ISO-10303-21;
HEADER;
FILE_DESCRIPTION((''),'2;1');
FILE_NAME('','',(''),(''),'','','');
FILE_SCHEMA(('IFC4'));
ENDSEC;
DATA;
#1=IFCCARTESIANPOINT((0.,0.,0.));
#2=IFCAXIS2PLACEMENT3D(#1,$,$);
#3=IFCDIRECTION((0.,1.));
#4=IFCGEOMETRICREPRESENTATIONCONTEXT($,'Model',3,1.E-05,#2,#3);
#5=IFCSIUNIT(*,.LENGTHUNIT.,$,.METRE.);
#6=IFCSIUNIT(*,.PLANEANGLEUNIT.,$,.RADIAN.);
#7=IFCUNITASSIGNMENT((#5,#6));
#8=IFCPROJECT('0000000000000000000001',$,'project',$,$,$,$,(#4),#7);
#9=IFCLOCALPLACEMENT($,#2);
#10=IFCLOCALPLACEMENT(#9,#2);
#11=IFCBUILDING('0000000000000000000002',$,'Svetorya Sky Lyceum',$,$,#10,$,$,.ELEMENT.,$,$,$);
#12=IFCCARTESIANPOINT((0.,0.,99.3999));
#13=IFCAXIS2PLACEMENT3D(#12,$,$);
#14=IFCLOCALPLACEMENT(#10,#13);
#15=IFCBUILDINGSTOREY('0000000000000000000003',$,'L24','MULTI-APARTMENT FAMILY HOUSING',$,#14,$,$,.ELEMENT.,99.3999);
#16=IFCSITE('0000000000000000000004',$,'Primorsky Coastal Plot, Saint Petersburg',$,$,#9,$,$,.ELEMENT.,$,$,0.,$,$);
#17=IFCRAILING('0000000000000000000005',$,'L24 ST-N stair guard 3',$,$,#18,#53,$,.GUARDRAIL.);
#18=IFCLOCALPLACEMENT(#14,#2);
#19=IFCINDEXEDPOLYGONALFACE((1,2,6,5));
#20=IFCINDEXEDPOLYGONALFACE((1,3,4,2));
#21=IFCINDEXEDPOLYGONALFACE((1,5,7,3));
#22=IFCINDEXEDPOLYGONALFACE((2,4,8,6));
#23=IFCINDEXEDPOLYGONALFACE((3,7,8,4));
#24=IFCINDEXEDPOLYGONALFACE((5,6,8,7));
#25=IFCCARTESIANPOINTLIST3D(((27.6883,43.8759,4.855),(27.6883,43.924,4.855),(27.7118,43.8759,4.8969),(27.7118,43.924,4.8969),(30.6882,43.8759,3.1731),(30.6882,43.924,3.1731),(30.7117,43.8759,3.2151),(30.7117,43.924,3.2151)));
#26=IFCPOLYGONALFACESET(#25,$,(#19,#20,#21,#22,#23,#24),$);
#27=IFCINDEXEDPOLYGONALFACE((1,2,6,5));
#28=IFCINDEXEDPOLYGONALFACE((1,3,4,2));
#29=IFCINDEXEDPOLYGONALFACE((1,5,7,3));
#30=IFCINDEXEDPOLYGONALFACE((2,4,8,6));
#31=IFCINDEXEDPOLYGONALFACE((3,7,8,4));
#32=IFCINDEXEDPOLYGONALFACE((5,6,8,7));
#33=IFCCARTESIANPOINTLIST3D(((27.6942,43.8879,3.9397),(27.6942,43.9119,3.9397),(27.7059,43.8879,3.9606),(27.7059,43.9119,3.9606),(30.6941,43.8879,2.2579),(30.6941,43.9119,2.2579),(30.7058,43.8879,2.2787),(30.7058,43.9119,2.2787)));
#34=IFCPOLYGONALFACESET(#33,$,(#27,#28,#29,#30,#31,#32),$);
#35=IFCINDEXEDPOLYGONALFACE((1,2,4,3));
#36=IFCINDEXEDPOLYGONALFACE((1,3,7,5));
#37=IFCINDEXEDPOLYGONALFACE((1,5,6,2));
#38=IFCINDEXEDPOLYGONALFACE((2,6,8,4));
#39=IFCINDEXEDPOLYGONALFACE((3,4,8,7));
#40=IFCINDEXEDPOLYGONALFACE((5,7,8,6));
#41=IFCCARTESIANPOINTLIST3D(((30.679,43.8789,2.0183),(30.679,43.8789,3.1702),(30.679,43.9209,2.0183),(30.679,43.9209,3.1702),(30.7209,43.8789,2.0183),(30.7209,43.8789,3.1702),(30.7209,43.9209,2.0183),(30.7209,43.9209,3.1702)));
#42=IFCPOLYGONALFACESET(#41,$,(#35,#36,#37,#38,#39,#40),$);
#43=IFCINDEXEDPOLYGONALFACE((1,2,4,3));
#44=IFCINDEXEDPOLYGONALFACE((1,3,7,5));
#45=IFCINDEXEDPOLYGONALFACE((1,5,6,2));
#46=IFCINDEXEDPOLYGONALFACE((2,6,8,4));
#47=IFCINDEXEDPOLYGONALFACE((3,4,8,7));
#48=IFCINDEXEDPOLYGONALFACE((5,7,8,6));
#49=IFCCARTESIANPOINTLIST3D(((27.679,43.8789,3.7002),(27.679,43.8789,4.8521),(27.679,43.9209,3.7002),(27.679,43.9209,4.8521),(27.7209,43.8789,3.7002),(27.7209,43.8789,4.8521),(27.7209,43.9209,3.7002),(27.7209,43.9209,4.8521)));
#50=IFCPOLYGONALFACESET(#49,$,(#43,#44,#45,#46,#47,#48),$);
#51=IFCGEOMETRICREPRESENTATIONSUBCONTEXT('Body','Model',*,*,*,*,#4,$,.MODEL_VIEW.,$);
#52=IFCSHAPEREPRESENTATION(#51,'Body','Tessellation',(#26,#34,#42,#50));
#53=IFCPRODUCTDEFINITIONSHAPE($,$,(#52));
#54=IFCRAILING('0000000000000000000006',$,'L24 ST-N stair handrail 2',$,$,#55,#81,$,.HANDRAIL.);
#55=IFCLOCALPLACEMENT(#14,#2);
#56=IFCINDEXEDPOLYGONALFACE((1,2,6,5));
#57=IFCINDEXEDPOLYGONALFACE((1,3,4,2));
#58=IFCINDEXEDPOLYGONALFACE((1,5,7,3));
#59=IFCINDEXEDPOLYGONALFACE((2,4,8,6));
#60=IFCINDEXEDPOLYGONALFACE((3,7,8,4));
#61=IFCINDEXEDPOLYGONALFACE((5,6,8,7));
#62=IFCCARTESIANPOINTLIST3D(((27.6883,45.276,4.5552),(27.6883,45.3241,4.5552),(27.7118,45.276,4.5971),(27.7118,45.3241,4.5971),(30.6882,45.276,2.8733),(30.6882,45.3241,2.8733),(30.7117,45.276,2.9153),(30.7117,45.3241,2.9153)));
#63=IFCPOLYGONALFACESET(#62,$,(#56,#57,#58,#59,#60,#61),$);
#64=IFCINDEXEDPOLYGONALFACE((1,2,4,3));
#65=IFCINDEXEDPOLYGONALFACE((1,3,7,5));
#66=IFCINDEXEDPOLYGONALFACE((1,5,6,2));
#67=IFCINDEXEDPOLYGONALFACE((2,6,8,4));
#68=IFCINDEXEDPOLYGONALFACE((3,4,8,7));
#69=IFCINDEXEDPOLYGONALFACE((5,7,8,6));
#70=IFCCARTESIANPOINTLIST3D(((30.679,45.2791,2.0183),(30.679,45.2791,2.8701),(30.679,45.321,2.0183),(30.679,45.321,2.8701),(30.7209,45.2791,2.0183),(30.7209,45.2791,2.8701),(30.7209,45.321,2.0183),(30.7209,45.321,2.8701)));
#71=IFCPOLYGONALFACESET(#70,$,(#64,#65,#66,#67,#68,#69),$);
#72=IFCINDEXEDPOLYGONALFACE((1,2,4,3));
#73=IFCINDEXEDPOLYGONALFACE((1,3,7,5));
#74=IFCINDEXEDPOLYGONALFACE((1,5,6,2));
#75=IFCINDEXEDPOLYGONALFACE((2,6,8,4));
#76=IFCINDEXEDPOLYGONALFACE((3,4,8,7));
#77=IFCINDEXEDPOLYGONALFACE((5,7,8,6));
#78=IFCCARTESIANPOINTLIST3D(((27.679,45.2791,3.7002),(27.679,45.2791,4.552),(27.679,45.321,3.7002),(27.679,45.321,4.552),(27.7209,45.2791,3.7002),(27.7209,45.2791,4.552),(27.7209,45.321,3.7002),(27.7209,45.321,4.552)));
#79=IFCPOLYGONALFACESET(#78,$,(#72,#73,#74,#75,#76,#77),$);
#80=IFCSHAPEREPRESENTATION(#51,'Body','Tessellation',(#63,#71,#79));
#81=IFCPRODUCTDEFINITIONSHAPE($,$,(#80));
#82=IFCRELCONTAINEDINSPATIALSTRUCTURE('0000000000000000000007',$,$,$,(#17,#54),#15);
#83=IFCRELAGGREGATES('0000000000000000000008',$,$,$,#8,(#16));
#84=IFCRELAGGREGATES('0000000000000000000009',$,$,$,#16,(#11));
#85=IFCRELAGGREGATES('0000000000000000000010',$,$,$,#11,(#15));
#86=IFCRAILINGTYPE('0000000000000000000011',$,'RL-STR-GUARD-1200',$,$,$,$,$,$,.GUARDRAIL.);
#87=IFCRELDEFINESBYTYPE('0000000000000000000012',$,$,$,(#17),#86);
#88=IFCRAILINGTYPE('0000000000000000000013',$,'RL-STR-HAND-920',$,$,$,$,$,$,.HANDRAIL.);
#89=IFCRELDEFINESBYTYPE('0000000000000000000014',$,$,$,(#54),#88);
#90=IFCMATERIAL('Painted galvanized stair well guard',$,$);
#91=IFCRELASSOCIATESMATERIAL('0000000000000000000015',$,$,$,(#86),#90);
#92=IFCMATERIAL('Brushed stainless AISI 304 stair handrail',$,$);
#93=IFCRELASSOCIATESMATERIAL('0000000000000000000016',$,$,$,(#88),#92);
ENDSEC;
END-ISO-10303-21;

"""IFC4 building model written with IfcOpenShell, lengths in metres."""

from ifc_helpers import new_model, si_unit, direction, frame, origin, origin_2d, place, context, subcontext, project, spatial, rectangle, extrude, material, type_object, element, save


model = new_model("IFC4")

# Units and contexts
model_context = context("Model", 3, precision=1e-05, world=origin(), true_north=direction((0.0, 1.0)))
body_context = subcontext(model_context, "Body", "Model", "MODEL_VIEW")
ifc_project = project(units=[si_unit("LENGTHUNIT", "METRE"), si_unit("PLANEANGLEUNIT", "RADIAN")], contexts=[model_context])

# Site, building, storey
site_placement = place(None, origin())
site = spatial("IfcSite", under=ifc_project, at=site_placement, Name="Primorsky Coastal Plot, Saint Petersburg", CompositionType="ELEMENT", RefElevation=0.0)
building_placement = place(site_placement, origin())
building = spatial("IfcBuilding", under=site, at=building_placement, Name="Svetorya Sky Lyceum", CompositionType="ELEMENT")
storey_placement = place(building_placement, frame((0.0, 0.0, 99.3999)))
storey = spatial("IfcBuildingStorey", under=building, at=storey_placement, Name="L24", Description="MULTI-APARTMENT FAMILY HOUSING", CompositionType="ELEMENT", Elevation=99.3999)

# Railings
ifc_material_1 = material(Name="Painted galvanized stair well guard")
railing_type_1 = type_object("IfcRailingType", Name="RL-STR-GUARD-1200", PredefinedType="GUARDRAIL", material=ifc_material_1)
railing_1_placement = place(storey_placement, frame((30.7, 43.8999, 2.0183)))
element("IfcRailing", 1, at=railing_1_placement, inside=storey, type_object=railing_type_1, Name="L24 ST-N stair guard 3", PredefinedType="GUARDRAIL", context=body_context, shape_type="SweptSolid", body=[
    extrude(rectangle(XDim=0.0481, YDim=0.0481, at=origin_2d()), frame((0.0, 0.0, 1.1758), z_axis=(-0.872272, 0.0, 0.48902), x_axis=(0.0, -1.0, 0.0)), (0.0, 0.0, 1.0), 3.4392),
    extrude(rectangle(XDim=0.0239, YDim=0.0239, at=origin_2d()), frame((0.0, 0.0, 0.25), z_axis=(-0.872272, 0.0, 0.48902), x_axis=(0.0, -1.0, 0.0)), (0.0, 0.0, 1.0), 3.4392),
    extrude(rectangle(XDim=0.042, YDim=0.042, at=origin_2d()), origin(), (0.0, 0.0, 1.0), 1.1519),
    extrude(rectangle(XDim=0.042, YDim=0.042, at=origin_2d()), frame((-3.0, 0.0, 1.6819)), (0.0, 0.0, 1.0), 1.1519),
])
ifc_material_2 = material(Name="Brushed stainless AISI 304 stair handrail")
railing_type_2 = type_object("IfcRailingType", Name="RL-STR-HAND-920", PredefinedType="HANDRAIL", material=ifc_material_2)
railing_2_placement = place(storey_placement, frame((30.7, 45.3, 2.0183)))
element("IfcRailing", 2, at=railing_2_placement, inside=storey, type_object=railing_type_2, Name="L24 ST-N stair handrail 2", PredefinedType="HANDRAIL", context=body_context, shape_type="SweptSolid", body=[
    extrude(rectangle(XDim=0.0481, YDim=0.0481, at=origin_2d()), frame((0.0, 0.0, 0.876), z_axis=(-0.872272, 0.0, 0.48902), x_axis=(0.0, -1.0, 0.0)), (0.0, 0.0, 1.0), 3.4392),
    extrude(rectangle(XDim=0.042, YDim=0.042, at=origin_2d()), origin(), (0.0, 0.0, 1.0), 0.8518),
    extrude(rectangle(XDim=0.042, YDim=0.042, at=origin_2d()), frame((-3.0, 0.0, 1.6819)), (0.0, 0.0, 1.0), 0.8518),
])

save(model, "model.ifc")
